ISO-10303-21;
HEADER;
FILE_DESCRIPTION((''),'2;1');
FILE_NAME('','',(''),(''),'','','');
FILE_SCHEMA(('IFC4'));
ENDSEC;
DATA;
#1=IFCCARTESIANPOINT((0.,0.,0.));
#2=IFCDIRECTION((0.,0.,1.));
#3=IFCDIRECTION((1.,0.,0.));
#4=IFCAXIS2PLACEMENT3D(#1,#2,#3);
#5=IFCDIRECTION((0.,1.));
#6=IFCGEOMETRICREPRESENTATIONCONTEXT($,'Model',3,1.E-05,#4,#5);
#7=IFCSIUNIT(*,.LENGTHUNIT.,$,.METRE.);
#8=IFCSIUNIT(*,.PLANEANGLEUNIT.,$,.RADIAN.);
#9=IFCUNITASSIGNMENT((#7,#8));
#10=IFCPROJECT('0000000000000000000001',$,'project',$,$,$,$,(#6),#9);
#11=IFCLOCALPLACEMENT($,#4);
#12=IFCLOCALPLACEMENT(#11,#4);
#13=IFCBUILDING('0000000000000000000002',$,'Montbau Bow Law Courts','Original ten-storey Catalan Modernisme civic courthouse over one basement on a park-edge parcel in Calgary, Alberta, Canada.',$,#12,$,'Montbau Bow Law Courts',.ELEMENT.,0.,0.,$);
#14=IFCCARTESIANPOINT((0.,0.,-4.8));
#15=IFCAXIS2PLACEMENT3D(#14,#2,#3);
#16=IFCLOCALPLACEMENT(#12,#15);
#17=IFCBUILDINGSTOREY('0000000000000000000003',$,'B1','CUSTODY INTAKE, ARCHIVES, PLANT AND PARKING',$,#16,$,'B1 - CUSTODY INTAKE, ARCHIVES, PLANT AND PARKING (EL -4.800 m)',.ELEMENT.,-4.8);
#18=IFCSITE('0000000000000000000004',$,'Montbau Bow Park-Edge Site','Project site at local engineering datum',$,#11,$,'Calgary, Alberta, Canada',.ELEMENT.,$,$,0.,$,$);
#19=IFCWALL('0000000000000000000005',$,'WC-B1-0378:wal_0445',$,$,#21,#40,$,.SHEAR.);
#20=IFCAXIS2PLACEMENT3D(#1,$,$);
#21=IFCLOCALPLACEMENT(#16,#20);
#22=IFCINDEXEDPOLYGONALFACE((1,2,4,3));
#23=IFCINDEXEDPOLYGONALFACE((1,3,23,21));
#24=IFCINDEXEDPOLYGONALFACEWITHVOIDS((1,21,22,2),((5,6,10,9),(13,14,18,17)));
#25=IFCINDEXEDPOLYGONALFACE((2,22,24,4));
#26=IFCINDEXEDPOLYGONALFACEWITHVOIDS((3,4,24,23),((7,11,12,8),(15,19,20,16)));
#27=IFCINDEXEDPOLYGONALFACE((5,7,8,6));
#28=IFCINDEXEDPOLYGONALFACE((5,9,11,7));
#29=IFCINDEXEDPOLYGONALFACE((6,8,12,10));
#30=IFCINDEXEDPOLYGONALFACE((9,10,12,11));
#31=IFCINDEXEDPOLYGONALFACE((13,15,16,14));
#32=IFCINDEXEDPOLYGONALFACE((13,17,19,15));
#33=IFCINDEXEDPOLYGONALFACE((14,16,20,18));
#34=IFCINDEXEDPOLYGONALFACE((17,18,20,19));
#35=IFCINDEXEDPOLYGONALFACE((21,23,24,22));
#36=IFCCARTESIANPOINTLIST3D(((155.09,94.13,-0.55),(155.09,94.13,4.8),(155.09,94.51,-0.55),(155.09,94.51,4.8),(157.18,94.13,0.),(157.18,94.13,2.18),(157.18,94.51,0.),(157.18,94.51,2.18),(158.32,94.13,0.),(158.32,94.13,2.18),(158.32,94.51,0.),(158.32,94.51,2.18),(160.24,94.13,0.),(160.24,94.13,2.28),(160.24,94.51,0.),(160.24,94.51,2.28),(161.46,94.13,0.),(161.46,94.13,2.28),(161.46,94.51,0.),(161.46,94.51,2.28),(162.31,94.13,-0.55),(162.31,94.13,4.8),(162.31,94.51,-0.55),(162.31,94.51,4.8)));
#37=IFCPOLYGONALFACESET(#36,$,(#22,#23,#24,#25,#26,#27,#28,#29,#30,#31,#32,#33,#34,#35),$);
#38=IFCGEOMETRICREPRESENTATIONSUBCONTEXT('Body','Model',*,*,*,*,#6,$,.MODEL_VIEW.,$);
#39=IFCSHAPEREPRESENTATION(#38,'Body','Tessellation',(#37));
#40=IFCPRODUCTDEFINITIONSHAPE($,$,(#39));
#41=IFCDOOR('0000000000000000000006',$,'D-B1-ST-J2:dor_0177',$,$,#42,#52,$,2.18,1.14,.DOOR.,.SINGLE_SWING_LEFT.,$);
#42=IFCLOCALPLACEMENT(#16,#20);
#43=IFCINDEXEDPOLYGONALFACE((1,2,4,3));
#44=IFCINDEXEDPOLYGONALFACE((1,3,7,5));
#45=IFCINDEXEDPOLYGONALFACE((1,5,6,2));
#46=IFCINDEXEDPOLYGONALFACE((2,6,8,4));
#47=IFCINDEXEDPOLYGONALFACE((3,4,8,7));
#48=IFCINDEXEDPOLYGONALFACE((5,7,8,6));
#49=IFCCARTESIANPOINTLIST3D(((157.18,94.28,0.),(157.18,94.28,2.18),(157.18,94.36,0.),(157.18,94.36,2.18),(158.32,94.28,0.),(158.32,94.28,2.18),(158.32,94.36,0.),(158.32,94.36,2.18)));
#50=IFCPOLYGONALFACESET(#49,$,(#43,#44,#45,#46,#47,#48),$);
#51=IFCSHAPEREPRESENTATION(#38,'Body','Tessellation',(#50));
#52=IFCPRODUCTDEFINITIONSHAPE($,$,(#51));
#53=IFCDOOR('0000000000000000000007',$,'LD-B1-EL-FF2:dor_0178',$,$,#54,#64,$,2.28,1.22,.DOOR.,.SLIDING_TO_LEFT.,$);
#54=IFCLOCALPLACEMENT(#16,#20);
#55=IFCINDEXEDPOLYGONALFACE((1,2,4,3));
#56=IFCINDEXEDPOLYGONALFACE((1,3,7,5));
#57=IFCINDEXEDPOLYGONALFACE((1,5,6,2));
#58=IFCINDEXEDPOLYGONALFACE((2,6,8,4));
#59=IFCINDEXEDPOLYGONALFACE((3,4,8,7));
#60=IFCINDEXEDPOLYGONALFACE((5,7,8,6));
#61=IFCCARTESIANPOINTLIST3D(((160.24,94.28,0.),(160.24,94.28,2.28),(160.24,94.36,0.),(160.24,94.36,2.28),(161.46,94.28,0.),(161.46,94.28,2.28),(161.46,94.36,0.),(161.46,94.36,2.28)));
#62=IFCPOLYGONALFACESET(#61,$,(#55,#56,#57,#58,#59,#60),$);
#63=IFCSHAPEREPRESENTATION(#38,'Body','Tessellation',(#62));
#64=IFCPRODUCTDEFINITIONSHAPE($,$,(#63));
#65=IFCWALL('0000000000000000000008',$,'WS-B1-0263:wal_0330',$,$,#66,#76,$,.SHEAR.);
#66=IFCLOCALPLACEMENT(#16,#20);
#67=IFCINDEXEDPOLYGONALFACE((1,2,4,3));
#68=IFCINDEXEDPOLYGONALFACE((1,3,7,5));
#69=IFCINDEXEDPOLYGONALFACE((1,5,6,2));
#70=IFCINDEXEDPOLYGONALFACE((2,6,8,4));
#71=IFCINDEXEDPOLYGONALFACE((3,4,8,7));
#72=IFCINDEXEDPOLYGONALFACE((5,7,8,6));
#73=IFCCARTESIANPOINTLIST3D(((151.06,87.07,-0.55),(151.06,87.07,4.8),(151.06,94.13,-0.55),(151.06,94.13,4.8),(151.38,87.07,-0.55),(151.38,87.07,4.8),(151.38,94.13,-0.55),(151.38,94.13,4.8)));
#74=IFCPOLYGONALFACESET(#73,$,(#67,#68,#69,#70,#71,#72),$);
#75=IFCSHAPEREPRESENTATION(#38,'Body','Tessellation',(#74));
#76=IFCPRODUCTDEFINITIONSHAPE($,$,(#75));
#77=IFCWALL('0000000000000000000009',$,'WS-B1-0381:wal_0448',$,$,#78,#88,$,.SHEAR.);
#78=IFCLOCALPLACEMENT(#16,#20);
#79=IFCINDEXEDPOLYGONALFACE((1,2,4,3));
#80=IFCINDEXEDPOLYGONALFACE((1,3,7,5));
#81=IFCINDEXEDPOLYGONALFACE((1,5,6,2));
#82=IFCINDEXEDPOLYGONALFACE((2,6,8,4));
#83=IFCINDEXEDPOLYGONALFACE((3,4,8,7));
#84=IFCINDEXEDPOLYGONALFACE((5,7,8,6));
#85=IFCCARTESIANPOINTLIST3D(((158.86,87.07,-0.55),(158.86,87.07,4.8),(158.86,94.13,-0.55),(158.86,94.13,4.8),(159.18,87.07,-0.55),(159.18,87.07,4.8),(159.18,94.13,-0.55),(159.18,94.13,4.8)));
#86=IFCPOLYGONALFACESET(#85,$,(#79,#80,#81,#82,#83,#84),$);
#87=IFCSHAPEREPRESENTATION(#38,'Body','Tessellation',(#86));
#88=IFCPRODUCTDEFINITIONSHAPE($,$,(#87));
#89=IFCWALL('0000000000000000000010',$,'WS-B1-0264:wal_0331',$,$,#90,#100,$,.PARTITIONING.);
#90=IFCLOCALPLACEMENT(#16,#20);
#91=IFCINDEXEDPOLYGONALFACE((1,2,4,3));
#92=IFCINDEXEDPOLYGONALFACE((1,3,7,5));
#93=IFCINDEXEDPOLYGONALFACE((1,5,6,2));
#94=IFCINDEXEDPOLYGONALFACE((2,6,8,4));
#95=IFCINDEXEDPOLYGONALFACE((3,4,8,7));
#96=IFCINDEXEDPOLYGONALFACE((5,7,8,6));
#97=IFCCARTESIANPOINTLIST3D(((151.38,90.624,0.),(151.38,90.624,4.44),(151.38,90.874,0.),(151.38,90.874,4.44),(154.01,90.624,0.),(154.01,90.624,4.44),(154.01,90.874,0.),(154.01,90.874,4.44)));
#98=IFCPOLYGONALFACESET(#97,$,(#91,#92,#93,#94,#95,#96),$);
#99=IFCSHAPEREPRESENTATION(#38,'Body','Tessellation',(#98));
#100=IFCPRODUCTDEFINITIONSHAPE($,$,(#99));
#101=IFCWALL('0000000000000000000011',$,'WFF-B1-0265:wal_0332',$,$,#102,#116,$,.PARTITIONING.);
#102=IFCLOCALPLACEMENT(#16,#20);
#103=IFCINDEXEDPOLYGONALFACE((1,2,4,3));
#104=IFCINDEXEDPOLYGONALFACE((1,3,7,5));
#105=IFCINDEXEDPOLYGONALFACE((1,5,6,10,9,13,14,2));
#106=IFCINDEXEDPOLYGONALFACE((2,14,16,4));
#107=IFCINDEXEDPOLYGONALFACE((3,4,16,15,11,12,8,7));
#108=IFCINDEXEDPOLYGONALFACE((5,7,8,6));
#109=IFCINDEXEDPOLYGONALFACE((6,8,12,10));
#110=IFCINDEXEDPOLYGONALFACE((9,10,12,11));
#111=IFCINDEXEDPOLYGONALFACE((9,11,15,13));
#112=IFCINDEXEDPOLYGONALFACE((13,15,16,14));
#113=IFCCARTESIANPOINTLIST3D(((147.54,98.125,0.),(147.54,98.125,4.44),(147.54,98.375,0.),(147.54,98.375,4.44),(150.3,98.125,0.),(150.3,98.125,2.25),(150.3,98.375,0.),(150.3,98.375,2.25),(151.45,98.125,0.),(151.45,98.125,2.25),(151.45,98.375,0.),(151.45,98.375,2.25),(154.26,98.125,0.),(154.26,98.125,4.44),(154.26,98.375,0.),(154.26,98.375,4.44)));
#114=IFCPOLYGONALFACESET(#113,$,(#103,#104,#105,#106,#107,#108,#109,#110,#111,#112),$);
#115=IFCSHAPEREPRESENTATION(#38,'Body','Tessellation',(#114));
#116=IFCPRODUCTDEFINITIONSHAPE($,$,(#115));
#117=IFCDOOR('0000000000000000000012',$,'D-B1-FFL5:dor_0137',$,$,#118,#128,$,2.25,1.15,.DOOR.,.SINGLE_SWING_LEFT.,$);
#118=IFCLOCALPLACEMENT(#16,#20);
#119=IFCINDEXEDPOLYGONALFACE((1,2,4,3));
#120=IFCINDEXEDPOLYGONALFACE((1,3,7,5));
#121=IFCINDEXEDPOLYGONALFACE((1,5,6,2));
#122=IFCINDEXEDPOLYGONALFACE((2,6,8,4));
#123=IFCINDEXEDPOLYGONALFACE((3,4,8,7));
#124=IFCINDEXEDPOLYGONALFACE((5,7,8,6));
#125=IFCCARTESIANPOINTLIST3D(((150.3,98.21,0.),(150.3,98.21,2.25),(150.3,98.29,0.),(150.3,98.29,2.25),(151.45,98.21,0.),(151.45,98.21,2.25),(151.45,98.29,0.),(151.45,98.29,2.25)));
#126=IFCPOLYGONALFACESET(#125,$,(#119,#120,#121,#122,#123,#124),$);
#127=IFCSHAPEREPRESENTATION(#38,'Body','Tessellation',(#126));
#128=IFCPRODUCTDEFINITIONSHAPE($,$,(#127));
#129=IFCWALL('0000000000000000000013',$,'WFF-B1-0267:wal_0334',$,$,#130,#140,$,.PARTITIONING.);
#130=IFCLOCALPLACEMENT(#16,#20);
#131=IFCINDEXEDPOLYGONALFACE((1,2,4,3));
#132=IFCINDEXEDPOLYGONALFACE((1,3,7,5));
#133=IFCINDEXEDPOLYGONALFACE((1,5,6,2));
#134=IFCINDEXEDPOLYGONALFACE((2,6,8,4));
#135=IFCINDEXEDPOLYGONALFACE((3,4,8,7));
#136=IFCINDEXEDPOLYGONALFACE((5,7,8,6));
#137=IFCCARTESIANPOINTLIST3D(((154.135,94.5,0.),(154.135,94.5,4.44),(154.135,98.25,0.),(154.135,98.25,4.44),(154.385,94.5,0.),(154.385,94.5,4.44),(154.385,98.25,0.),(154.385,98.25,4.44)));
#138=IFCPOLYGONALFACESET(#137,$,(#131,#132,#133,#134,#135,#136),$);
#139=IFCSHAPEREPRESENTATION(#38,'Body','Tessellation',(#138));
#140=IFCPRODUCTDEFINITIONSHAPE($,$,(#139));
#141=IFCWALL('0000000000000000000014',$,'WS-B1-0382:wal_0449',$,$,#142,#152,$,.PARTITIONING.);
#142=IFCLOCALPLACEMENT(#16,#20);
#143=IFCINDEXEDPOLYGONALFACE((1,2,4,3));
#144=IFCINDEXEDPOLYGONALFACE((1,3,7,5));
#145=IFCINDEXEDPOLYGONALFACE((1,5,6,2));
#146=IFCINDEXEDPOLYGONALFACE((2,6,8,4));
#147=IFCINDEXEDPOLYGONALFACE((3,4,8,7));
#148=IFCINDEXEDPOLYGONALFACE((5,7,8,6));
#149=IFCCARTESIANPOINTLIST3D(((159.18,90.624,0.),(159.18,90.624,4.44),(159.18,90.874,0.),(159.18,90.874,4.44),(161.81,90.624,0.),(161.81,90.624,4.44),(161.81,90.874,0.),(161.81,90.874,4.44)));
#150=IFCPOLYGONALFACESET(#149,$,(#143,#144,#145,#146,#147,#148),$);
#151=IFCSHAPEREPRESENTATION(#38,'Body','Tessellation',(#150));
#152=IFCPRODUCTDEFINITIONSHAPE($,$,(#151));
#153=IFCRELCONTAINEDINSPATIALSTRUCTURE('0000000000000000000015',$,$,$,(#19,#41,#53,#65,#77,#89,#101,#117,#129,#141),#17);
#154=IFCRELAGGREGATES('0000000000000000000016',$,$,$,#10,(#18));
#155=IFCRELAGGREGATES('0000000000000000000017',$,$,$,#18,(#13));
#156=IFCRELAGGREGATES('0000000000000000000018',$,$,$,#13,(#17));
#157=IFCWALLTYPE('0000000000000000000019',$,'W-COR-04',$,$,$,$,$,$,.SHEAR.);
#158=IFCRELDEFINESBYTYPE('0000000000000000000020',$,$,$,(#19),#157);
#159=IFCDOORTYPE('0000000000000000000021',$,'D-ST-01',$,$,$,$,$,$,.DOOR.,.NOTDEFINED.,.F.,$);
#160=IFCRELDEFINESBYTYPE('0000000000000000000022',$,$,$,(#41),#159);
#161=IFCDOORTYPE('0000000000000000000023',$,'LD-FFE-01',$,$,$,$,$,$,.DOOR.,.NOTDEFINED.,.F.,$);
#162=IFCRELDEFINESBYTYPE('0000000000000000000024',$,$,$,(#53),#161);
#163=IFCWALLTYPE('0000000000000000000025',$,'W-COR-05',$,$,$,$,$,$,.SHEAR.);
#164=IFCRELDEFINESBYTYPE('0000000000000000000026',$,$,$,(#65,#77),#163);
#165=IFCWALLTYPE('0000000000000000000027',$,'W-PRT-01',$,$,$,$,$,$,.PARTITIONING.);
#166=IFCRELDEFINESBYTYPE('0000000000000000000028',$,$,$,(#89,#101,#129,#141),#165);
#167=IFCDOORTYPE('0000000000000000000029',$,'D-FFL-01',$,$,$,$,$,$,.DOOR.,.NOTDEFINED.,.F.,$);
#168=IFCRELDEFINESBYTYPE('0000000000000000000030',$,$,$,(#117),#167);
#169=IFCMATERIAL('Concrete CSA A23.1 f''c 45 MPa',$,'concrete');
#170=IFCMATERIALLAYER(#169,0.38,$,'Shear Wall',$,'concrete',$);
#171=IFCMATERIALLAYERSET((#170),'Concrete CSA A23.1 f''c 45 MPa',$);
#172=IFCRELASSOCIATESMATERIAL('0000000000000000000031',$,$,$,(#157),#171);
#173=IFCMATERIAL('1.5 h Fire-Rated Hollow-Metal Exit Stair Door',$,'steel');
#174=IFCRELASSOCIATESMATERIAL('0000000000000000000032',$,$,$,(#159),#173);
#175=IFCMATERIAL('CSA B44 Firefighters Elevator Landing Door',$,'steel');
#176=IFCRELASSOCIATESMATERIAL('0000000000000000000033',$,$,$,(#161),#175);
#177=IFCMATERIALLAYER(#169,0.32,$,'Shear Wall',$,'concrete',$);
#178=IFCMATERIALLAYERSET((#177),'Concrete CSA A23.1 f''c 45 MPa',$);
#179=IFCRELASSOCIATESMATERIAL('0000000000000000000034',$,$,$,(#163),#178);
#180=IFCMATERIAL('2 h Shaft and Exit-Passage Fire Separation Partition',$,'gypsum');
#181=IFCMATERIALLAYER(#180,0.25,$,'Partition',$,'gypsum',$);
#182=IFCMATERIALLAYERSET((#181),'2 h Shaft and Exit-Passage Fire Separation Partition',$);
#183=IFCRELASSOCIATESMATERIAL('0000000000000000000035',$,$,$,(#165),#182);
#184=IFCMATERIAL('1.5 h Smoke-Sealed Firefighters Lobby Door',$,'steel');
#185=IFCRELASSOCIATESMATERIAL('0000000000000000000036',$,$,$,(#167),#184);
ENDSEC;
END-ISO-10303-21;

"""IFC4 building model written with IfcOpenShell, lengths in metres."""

from ifc_helpers import new_model, si_unit, direction, frame, frame_2d, origin_with_axes, place, context, subcontext, project, spatial, rectangle, extrude, material, layer, layer_set, type_object, element, fill, save


model = new_model("IFC4")

# Units and contexts
model_context = context("Model", 3, precision=1e-05, world=origin_with_axes(), true_north=direction((0.0, 1.0)))
body_context = subcontext(model_context, "Body", "Model", "MODEL_VIEW")
ifc_project = project(units=[si_unit("LENGTHUNIT", "METRE"), si_unit("PLANEANGLEUNIT", "RADIAN")], contexts=[model_context])

# Site, building, storey
site_placement = place(None, origin_with_axes())
site = spatial("IfcSite", under=ifc_project, at=site_placement, Name="Montbau Bow Park-Edge Site", Description="Project site at local engineering datum", LongName="Calgary, Alberta, Canada", CompositionType="ELEMENT", RefElevation=0.0)
building_placement = place(site_placement, origin_with_axes())
building = spatial("IfcBuilding", under=site, at=building_placement, Name="Montbau Bow Law Courts", Description="Original ten-storey Catalan Modernisme civic courthouse over one basement on a park-edge parcel in Calgary, Alberta, Canada.", LongName="Montbau Bow Law Courts", CompositionType="ELEMENT", ElevationOfRefHeight=0.0, ElevationOfTerrain=0.0)
storey_placement = place(building_placement, frame((0.0, 0.0, -4.8), z_axis=(0.0, 0.0, 1.0), x_axis=(1.0, 0.0, 0.0)))
storey = spatial("IfcBuildingStorey", under=building, at=storey_placement, Name="B1", Description="CUSTODY INTAKE, ARCHIVES, PLANT AND PARKING", LongName="B1 - CUSTODY INTAKE, ARCHIVES, PLANT AND PARKING (EL -4.800 m)", CompositionType="ELEMENT", Elevation=-4.8)

# Shared definitions
ifc_material_1 = material(Name="Concrete CSA A23.1 f'c 45 MPa", Category="concrete")

# Wall, openings, doors
ifc_layer_1 = layer(ifc_material_1, 0.38, Name="Shear Wall", Category="concrete")
ifc_layer_set_1 = layer_set([ifc_layer_1], Name="Concrete CSA A23.1 f'c 45 MPa")
wall_type_1 = type_object("IfcWallType", Name="W-COR-04", PredefinedType="SHEAR", material=ifc_layer_set_1)
ifc_material_2 = material(Name="1.5 h Fire-Rated Hollow-Metal Exit Stair Door", Category="steel")
door_type_1 = type_object("IfcDoorType", Name="D-ST-01", OperationType="NOTDEFINED", ParameterTakesPrecedence=False, PredefinedType="DOOR", material=ifc_material_2)
ifc_material_3 = material(Name="CSA B44 Firefighters Elevator Landing Door", Category="steel")
door_type_2 = type_object("IfcDoorType", Name="LD-FFE-01", OperationType="NOTDEFINED", ParameterTakesPrecedence=False, PredefinedType="DOOR", material=ifc_material_3)
wall_1_placement = place(None, frame((162.31, 94.32, -5.35), z_axis=(0.0, 0.0, 1.0), x_axis=(-1.0, 0.0, 0.0)))
wall_1 = element("IfcWall", 1, at=wall_1_placement, inside=storey, type_object=wall_type_1, Name="WC-B1-0378:wal_0445", PredefinedType="SHEAR", context=body_context, shape_type="SweptSolid", body=[
    extrude(rectangle(XDim=7.22, YDim=0.38, at=frame_2d((3.61, 0.0), x_axis=(1.0, 0.0))), origin_with_axes(), (0.0, 0.0, 1.0), 5.35),
])
opening_1_placement = place(None, frame((157.75, 94.32, -4.8), z_axis=(0.0, 0.0, 1.0), x_axis=(-1.0, 0.0, 0.0)))
opening_1 = element("IfcOpeningElement", 2, at=opening_1_placement, cuts=wall_1, PredefinedType="OPENING", context=body_context, shape_type="SweptSolid", body=[
    extrude(rectangle(XDim=1.14, YDim=2.18, at=frame_2d((0.0, 1.09), x_axis=(1.0, 0.0))), frame((0.0, 0.2, 0.0), z_axis=(0.0, -1.0, 0.0), x_axis=(1.0, 0.0, 0.0)), (0.0, 0.0, 1.0), 0.4),
])
opening_2_placement = place(None, frame((160.85, 94.32, -4.8), z_axis=(0.0, 0.0, 1.0), x_axis=(-1.0, 0.0, 0.0)))
opening_2 = element("IfcOpeningElement", 3, at=opening_2_placement, cuts=wall_1, PredefinedType="OPENING", context=body_context, shape_type="SweptSolid", body=[
    extrude(rectangle(XDim=1.22, YDim=2.28, at=frame_2d((0.0, 1.14), x_axis=(1.0, 0.0))), frame((0.0, 0.2, 0.0), z_axis=(0.0, -1.0, 0.0), x_axis=(1.0, 0.0, 0.0)), (0.0, 0.0, 1.0), 0.4),
])
door_1_placement = place(None, frame((157.75, 94.32, -4.8), z_axis=(0.0, 0.0, 1.0), x_axis=(1.0, 0.0, 0.0)))
door_1 = element("IfcDoor", 4, at=door_1_placement, inside=storey, type_object=door_type_1, Name="D-B1-ST-J2:dor_0177", OperationType="SINGLE_SWING_LEFT", OverallHeight=2.18, OverallWidth=1.14, PredefinedType="DOOR", context=body_context, shape_type="SweptSolid", body=[
    extrude(rectangle(XDim=1.14, YDim=2.18, at=frame_2d((0.0, 1.09), x_axis=(1.0, 0.0))), frame((0.0, 0.04, 0.0), z_axis=(0.0, -1.0, 0.0), x_axis=(1.0, 0.0, 0.0)), (0.0, 0.0, 1.0), 0.08),
])
fill(opening_1, door_1)
door_2_placement = place(None, frame((160.85, 94.32, -4.8), z_axis=(0.0, 0.0, 1.0), x_axis=(1.0, 0.0, 0.0)))
door_2 = element("IfcDoor", 5, at=door_2_placement, inside=storey, type_object=door_type_2, Name="LD-B1-EL-FF2:dor_0178", OperationType="SLIDING_TO_LEFT", OverallHeight=2.28, OverallWidth=1.22, PredefinedType="DOOR", context=body_context, shape_type="SweptSolid", body=[
    extrude(rectangle(XDim=1.22, YDim=2.28, at=frame_2d((0.0, 1.14), x_axis=(1.0, 0.0))), frame((0.0, 0.04, 0.0), z_axis=(0.0, -1.0, 0.0), x_axis=(1.0, 0.0, 0.0)), (0.0, 0.0, 1.0), 0.08),
])
fill(opening_2, door_2)

# Walls
ifc_layer_2 = layer(ifc_material_1, 0.32, Name="Shear Wall", Category="concrete")
ifc_layer_set_2 = layer_set([ifc_layer_2], Name="Concrete CSA A23.1 f'c 45 MPa")
wall_type_2 = type_object("IfcWallType", Name="W-COR-05", PredefinedType="SHEAR", material=ifc_layer_set_2)
for number, where, z_axis, x_axis, name in (
    (6, (151.22, 87.07, -5.35), (0.0, 0.0, 1.0), (0.0, 1.0, 0.0), "WS-B1-0263:wal_0330"),
    (7, (159.02, 87.07, -5.35), (0.0, 0.0, 1.0), (0.0, 1.0, 0.0), "WS-B1-0381:wal_0448"),
):
    element("IfcWall", number, at=place(None, frame(where, z_axis=z_axis, x_axis=x_axis)), inside=storey, type_object=wall_type_2, Name=name, PredefinedType="SHEAR", context=body_context, shape_type="SweptSolid", body=[
        extrude(rectangle(XDim=7.06, YDim=0.32, at=frame_2d((3.53, 0.0), x_axis=(1.0, 0.0))), origin_with_axes(), (0.0, 0.0, 1.0), 5.35),
    ])
ifc_material_4 = material(Name="2 h Shaft and Exit-Passage Fire Separation Partition", Category="gypsum")
ifc_layer_3 = layer(ifc_material_4, 0.25, Name="Partition", Category="gypsum")
ifc_layer_set_3 = layer_set([ifc_layer_3], Name="2 h Shaft and Exit-Passage Fire Separation Partition")
wall_type_3 = type_object("IfcWallType", Name="W-PRT-01", PredefinedType="PARTITIONING", material=ifc_layer_set_3)
wall_2_placement = place(None, frame((151.38, 90.749, -4.8), z_axis=(0.0, 0.0, 1.0), x_axis=(1.0, 0.0, 0.0)))
element("IfcWall", 8, at=wall_2_placement, inside=storey, type_object=wall_type_3, Name="WS-B1-0264:wal_0331", PredefinedType="PARTITIONING", context=body_context, shape_type="SweptSolid", body=[
    extrude(rectangle(XDim=2.63, YDim=0.25, at=frame_2d((1.315, 0.0), x_axis=(1.0, 0.0))), origin_with_axes(), (0.0, 0.0, 1.0), 4.44),
])

# Wall, opening, door
wall_3_placement = place(None, frame((154.26, 98.25, -4.8), z_axis=(0.0, 0.0, 1.0), x_axis=(-1.0, 0.0, 0.0)))
wall_3 = element("IfcWall", 9, at=wall_3_placement, inside=storey, type_object=wall_type_3, Name="WFF-B1-0265:wal_0332", PredefinedType="PARTITIONING", context=body_context, shape_type="SweptSolid", body=[
    extrude(rectangle(XDim=6.72, YDim=0.25, at=frame_2d((3.36, 0.0), x_axis=(1.0, 0.0))), origin_with_axes(), (0.0, 0.0, 1.0), 4.44),
])
opening_3_placement = place(None, frame((150.875, 98.25, -4.8), z_axis=(0.0, 0.0, 1.0), x_axis=(-1.0, 0.0, 0.0)))
opening_3 = element("IfcOpeningElement", 10, at=opening_3_placement, cuts=wall_3, PredefinedType="OPENING", context=body_context, shape_type="SweptSolid", body=[
    extrude(rectangle(XDim=1.15, YDim=2.25, at=frame_2d((0.0, 1.125), x_axis=(1.0, 0.0))), frame((0.0, 0.135, 0.0), z_axis=(0.0, -1.0, 0.0), x_axis=(1.0, 0.0, 0.0)), (0.0, 0.0, 1.0), 0.27),
])
ifc_material_5 = material(Name="1.5 h Smoke-Sealed Firefighters Lobby Door", Category="steel")
door_type_3 = type_object("IfcDoorType", Name="D-FFL-01", OperationType="NOTDEFINED", ParameterTakesPrecedence=False, PredefinedType="DOOR", material=ifc_material_5)
door_3_placement = place(None, frame((150.875, 98.25, -4.8), z_axis=(0.0, 0.0, 1.0), x_axis=(1.0, 0.0, 0.0)))
door_3 = element("IfcDoor", 11, at=door_3_placement, inside=storey, type_object=door_type_3, Name="D-B1-FFL5:dor_0137", OperationType="SINGLE_SWING_LEFT", OverallHeight=2.25, OverallWidth=1.15, PredefinedType="DOOR", context=body_context, shape_type="SweptSolid", body=[
    extrude(rectangle(XDim=1.15, YDim=2.25, at=frame_2d((0.0, 1.125), x_axis=(1.0, 0.0))), frame((0.0, 0.04, 0.0), z_axis=(0.0, -1.0, 0.0), x_axis=(1.0, 0.0, 0.0)), (0.0, 0.0, 1.0), 0.08),
])
fill(opening_3, door_3)

# Walls
wall_4_placement = place(None, frame((154.26, 94.5, -4.8), z_axis=(0.0, 0.0, 1.0), x_axis=(0.0, 1.0, 0.0)))
element("IfcWall", 12, at=wall_4_placement, inside=storey, type_object=wall_type_3, Name="WFF-B1-0267:wal_0334", PredefinedType="PARTITIONING", context=body_context, shape_type="SweptSolid", body=[
    extrude(rectangle(XDim=3.75, YDim=0.25, at=frame_2d((1.875, 0.0), x_axis=(1.0, 0.0))), origin_with_axes(), (0.0, 0.0, 1.0), 4.44),
])
wall_5_placement = place(None, frame((159.18, 90.749, -4.8), z_axis=(0.0, 0.0, 1.0), x_axis=(1.0, 0.0, 0.0)))
element("IfcWall", 13, at=wall_5_placement, inside=storey, type_object=wall_type_3, Name="WS-B1-0382:wal_0449", PredefinedType="PARTITIONING", context=body_context, shape_type="SweptSolid", body=[
    extrude(rectangle(XDim=2.63, YDim=0.25, at=frame_2d((1.315, 0.0), x_axis=(1.0, 0.0))), origin_with_axes(), (0.0, 0.0, 1.0), 4.44),
])

save(model, "model.ifc")
